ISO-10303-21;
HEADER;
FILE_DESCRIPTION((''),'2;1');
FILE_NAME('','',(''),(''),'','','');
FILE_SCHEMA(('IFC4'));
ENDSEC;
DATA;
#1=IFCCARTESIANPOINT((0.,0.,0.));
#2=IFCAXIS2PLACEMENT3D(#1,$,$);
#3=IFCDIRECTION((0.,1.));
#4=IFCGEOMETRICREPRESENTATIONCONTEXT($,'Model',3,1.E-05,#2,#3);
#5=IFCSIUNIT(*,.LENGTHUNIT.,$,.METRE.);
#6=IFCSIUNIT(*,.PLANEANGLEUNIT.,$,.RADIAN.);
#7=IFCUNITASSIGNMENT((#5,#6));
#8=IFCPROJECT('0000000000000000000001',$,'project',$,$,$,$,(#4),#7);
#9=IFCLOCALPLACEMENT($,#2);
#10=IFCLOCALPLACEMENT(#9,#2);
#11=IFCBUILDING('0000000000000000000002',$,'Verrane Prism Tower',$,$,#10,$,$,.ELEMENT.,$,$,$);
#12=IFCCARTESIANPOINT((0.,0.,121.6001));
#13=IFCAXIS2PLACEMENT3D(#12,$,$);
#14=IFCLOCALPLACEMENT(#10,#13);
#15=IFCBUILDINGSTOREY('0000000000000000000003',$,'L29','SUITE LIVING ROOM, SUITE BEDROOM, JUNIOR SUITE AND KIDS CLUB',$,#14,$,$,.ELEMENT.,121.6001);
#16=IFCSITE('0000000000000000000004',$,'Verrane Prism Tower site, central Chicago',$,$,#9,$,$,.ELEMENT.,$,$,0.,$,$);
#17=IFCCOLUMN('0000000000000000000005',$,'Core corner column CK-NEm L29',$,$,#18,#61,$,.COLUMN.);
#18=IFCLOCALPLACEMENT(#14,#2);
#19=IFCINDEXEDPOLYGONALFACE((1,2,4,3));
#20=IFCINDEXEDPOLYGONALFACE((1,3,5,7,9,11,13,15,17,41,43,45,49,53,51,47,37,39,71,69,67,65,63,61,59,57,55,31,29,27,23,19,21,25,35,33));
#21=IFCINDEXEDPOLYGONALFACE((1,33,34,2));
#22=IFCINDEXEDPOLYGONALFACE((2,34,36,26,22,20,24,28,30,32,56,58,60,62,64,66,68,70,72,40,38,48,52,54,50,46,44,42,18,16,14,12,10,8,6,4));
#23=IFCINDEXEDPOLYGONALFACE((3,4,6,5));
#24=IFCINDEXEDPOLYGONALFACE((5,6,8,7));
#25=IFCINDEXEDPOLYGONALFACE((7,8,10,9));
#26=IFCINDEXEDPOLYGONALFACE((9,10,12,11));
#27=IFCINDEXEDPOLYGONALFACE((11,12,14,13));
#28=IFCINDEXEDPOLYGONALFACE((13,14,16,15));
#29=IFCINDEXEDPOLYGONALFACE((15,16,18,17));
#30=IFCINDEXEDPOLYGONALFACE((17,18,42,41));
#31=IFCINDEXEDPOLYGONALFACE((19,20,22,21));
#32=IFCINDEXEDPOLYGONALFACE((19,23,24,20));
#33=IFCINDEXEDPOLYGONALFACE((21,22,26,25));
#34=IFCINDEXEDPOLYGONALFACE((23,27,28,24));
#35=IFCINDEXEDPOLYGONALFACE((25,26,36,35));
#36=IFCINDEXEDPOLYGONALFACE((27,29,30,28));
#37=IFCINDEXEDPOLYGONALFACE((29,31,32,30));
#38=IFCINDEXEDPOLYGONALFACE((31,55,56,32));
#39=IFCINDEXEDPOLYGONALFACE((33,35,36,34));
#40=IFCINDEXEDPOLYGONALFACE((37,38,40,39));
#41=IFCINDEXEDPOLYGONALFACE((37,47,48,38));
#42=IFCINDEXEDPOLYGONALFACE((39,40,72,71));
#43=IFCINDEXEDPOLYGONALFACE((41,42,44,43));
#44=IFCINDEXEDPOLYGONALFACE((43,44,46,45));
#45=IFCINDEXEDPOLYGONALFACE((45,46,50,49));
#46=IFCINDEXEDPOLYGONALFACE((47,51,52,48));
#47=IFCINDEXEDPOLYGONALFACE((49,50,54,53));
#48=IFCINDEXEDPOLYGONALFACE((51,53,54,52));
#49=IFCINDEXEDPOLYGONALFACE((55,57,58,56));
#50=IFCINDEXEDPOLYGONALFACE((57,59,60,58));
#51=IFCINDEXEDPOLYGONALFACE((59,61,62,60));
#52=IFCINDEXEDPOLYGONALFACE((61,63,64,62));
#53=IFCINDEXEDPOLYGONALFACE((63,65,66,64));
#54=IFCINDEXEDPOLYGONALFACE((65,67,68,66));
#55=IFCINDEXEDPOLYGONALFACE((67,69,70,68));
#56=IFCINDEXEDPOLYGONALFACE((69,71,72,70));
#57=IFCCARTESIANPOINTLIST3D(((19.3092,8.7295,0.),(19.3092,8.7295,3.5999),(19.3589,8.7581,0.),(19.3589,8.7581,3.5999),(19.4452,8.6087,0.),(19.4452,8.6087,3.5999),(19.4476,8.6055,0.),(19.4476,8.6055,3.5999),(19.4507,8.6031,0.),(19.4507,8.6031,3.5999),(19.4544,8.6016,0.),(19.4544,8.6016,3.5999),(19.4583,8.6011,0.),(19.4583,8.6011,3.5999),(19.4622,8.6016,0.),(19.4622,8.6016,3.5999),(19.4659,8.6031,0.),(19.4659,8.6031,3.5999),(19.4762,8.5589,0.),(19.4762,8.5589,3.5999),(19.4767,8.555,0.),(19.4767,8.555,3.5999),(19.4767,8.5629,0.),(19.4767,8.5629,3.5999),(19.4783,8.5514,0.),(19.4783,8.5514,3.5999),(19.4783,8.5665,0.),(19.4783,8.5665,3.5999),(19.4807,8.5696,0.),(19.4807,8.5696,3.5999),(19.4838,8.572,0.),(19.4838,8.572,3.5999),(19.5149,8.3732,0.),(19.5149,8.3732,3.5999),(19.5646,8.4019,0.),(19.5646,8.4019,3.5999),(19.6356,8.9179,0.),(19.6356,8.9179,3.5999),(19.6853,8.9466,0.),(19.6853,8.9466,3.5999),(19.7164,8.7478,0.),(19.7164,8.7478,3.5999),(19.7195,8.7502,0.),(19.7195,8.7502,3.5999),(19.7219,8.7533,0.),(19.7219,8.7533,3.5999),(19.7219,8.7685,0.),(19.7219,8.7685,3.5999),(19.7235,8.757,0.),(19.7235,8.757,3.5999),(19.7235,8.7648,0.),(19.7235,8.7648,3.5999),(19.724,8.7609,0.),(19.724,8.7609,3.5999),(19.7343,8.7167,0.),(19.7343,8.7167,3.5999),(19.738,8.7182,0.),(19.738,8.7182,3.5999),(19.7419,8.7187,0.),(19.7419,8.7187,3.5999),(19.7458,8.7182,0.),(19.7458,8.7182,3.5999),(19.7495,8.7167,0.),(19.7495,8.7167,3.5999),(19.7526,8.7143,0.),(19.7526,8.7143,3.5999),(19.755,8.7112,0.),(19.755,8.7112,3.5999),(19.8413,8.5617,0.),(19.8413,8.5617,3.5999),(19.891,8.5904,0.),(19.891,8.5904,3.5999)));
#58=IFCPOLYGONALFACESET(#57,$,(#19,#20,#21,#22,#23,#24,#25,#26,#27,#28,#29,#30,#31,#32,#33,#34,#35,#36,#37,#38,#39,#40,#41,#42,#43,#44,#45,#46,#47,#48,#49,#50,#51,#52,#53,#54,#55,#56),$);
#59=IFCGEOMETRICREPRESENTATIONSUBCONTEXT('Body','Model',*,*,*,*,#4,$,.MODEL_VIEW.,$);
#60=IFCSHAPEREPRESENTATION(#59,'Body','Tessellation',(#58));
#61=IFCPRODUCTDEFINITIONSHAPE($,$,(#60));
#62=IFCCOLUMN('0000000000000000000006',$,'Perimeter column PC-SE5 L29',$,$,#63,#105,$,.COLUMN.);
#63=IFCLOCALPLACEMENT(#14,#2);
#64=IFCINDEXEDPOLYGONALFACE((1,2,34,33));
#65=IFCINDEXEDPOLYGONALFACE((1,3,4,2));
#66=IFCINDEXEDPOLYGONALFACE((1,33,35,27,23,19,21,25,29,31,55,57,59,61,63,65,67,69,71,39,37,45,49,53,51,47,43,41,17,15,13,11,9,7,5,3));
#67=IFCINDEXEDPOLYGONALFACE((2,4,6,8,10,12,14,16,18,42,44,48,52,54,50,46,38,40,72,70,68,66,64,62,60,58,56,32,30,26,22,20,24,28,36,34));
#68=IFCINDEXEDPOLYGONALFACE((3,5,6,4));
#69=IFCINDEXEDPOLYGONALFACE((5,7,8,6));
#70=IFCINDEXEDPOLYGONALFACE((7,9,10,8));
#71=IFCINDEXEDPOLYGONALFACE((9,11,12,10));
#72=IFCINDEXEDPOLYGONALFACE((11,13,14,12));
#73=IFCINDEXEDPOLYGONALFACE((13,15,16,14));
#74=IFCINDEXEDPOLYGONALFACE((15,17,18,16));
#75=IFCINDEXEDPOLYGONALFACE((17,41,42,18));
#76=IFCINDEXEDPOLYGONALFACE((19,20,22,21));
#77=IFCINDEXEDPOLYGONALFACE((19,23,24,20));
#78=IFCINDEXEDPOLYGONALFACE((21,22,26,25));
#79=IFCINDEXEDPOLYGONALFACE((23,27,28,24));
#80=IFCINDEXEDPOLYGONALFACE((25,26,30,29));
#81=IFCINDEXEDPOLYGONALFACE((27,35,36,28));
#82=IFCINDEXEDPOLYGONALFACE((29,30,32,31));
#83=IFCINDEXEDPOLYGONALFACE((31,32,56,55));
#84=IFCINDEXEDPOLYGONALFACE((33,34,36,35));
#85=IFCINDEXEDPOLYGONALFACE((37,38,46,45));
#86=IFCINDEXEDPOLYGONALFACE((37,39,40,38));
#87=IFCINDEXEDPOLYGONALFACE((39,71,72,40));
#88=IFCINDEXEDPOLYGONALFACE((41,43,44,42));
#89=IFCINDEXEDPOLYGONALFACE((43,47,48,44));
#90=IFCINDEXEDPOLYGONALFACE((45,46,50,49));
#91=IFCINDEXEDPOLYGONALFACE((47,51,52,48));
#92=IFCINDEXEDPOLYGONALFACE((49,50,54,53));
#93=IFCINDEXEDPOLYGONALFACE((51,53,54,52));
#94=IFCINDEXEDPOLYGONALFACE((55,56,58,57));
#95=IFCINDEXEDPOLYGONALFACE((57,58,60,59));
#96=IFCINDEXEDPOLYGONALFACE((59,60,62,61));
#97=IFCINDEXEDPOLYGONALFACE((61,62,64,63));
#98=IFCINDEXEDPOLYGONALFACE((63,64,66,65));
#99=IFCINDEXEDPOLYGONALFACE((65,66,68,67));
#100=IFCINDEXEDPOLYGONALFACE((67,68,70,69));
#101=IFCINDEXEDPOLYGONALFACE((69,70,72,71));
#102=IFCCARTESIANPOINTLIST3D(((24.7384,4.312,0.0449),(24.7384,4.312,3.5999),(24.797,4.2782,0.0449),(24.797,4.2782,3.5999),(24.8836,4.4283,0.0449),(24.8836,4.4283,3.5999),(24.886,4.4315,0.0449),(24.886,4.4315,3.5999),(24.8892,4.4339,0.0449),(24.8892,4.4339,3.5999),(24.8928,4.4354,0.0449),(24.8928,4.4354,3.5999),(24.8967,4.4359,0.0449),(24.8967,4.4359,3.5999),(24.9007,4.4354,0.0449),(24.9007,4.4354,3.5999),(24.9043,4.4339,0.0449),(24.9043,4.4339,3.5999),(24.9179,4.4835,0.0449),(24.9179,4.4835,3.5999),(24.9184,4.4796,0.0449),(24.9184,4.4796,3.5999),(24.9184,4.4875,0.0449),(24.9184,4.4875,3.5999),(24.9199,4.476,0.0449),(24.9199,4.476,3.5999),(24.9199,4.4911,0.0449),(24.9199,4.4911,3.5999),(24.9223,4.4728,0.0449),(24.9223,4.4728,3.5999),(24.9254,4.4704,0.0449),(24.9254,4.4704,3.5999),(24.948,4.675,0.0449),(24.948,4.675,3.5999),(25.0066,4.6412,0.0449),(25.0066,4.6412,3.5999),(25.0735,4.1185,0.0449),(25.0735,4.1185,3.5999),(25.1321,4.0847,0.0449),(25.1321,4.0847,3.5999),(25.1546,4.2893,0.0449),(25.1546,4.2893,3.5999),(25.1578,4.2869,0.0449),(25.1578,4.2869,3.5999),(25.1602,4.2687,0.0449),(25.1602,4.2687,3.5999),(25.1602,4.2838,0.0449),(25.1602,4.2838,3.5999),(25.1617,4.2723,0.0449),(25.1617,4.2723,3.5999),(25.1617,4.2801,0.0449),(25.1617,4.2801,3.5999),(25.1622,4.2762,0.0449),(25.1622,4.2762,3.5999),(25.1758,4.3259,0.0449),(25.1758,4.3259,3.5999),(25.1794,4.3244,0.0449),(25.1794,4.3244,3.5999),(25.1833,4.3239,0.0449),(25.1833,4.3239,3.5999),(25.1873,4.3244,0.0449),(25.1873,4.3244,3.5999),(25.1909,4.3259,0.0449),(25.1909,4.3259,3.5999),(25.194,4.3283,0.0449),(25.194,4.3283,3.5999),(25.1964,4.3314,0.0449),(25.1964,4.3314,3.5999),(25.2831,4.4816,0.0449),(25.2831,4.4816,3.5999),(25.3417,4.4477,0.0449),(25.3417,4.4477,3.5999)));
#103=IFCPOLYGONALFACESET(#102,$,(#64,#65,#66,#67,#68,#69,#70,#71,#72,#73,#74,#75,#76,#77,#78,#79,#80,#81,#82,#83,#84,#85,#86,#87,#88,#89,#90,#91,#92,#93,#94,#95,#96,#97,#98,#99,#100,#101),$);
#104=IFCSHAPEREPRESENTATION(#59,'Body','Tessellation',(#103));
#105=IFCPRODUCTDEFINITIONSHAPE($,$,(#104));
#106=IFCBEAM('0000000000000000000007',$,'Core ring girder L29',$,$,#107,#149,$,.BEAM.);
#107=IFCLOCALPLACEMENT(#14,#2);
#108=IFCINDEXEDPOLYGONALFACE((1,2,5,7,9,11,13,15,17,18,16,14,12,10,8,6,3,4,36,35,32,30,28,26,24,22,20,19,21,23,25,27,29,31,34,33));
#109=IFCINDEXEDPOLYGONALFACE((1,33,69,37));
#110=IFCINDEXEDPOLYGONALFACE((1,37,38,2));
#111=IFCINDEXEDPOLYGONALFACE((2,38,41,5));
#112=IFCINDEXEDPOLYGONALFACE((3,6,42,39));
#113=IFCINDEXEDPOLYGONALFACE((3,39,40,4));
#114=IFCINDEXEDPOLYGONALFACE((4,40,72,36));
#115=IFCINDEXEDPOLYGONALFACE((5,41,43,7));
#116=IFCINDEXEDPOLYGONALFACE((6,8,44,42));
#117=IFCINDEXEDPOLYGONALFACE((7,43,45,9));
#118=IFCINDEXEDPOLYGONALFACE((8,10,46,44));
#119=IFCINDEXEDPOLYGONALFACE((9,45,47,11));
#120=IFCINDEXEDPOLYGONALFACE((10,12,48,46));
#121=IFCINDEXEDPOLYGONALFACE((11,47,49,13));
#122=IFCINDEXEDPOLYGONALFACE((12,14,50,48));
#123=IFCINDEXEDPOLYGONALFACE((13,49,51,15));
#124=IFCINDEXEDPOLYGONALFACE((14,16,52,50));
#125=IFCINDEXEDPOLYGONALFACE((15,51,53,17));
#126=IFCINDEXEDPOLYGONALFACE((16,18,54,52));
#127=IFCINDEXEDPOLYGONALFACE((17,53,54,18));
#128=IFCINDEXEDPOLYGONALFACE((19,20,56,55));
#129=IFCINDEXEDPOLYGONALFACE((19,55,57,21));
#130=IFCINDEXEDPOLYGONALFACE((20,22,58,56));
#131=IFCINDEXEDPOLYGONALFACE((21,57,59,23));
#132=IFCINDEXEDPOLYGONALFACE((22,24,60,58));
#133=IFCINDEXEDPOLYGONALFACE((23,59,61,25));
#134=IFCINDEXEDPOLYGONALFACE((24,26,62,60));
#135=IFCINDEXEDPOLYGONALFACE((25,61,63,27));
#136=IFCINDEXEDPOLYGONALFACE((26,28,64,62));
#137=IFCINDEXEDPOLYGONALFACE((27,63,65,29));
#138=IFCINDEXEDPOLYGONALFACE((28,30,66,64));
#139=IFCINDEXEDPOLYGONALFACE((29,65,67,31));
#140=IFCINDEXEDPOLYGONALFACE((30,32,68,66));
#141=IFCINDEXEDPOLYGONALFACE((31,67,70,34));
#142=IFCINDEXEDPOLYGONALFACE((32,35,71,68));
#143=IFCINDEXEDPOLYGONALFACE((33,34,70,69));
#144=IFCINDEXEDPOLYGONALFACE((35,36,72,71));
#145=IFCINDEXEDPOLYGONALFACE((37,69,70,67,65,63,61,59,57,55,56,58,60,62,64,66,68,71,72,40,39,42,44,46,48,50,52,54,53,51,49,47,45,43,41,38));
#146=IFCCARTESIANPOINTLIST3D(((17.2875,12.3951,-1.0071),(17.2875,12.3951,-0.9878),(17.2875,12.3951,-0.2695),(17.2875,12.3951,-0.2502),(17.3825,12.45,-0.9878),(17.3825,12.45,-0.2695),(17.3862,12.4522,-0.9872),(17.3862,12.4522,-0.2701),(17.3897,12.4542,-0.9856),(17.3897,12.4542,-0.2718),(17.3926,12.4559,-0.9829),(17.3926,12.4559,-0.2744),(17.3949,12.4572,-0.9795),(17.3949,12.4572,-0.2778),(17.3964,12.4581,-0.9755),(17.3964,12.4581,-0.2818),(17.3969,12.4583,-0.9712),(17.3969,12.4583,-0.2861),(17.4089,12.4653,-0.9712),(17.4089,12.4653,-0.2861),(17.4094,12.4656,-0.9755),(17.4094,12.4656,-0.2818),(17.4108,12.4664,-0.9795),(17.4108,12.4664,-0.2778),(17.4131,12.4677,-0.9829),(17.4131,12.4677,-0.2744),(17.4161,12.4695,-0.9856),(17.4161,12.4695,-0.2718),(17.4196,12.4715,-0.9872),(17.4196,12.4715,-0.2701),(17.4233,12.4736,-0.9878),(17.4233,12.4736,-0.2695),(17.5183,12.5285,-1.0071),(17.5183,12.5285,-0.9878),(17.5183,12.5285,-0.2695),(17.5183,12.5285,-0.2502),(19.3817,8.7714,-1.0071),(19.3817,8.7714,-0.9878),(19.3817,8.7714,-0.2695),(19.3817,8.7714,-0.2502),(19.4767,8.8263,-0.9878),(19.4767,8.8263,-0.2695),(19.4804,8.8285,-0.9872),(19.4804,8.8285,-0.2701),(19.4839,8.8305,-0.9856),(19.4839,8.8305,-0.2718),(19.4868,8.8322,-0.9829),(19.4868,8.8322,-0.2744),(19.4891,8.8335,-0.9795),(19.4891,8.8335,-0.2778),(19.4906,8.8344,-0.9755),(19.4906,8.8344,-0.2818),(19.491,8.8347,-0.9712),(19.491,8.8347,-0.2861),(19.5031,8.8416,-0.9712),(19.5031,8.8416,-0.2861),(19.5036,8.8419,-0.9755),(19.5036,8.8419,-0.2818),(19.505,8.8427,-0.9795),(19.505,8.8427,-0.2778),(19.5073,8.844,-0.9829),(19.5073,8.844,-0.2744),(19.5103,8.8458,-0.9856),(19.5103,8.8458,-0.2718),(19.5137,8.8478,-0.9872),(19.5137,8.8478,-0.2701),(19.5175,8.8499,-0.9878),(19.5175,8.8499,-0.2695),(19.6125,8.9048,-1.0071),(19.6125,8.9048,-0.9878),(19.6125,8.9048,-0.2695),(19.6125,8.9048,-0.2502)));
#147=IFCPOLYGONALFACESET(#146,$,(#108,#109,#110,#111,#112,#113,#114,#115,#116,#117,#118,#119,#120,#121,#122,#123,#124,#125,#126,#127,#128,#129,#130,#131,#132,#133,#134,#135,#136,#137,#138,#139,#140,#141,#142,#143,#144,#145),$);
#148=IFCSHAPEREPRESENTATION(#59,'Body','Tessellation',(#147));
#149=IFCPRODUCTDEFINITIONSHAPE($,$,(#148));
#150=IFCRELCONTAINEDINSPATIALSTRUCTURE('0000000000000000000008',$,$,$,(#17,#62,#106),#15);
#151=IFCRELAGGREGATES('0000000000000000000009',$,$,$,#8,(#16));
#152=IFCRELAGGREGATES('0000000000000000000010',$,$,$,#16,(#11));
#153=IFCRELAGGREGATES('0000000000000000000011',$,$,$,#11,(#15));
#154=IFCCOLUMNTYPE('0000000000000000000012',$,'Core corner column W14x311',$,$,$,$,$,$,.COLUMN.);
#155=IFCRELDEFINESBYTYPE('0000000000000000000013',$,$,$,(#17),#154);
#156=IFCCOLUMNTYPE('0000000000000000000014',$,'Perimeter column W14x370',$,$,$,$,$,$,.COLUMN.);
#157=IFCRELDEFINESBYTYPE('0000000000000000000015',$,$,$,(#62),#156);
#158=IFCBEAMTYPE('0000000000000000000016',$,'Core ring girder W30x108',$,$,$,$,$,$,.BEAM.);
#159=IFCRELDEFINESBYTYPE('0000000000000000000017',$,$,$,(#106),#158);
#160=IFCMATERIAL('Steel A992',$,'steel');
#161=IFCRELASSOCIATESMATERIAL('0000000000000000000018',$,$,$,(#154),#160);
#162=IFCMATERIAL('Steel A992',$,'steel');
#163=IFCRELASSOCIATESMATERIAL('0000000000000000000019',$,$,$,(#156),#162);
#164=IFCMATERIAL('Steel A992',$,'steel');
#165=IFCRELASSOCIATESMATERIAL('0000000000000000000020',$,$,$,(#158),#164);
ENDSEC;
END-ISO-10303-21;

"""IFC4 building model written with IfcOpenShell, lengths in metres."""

from ifc_helpers import new_model, si_unit, direction, frame, origin, origin_2d, place, context, subcontext, project, spatial, i_section, extrude, material, material_profile, profile_set, type_object, element, save


model = new_model("IFC4")

# Units and contexts
model_context = context("Model", 3, precision=1e-05, world=origin(), true_north=direction((0.0, 1.0)))
body_context = subcontext(model_context, "Body", "Model", "MODEL_VIEW")
ifc_project = project(units=[si_unit("LENGTHUNIT", "METRE"), si_unit("PLANEANGLEUNIT", "RADIAN")], contexts=[model_context])

# Site, building, storey
site_placement = place(None, origin())
site = spatial("IfcSite", under=ifc_project, at=site_placement, Name="Verrane Prism Tower site, central Chicago", CompositionType="ELEMENT", RefElevation=0.0)
building_placement = place(site_placement, origin())
building = spatial("IfcBuilding", under=site, at=building_placement, Name="Verrane Prism Tower", CompositionType="ELEMENT")
storey_placement = place(building_placement, frame((0.0, 0.0, 121.6001)))
storey = spatial("IfcBuildingStorey", under=building, at=storey_placement, Name="L29", Description="SUITE LIVING ROOM, SUITE BEDROOM, JUNIOR SUITE AND KIDS CLUB", CompositionType="ELEMENT", Elevation=121.6001)

# Columns
ifc_material_1 = material(Name="Steel A992", Category="steel")
ifc_material_profile_1 = material_profile(ifc_material_1, i_section(OverallWidth=0.4114, OverallDepth=0.4343, WebThickness=0.0359, FlangeThickness=0.0574, FilletRadius=0.0151, at=origin_2d()), Name="W14x311")
ifc_profile_set_1 = profile_set([ifc_material_profile_1], Name="Steel A992")
column_type_1 = type_object("IfcColumnType", Name="Core corner column W14x311", PredefinedType="COLUMN", material=ifc_profile_set_1)
column_1_placement = place(storey_placement, frame((19.6001, 8.6599, 0.0), z_axis=(0.0, 0.0, 1.0), x_axis=(0.5, -0.866025, 0.0)))
element("IfcColumn", 1, at=column_1_placement, inside=storey, type_object=column_type_1, Name="Core corner column CK-NEm L29", PredefinedType="COLUMN", context=body_context, shape_type="SweptSolid", body=[
    extrude(i_section(OverallWidth=0.4114, OverallDepth=0.4343, WebThickness=0.0359, FlangeThickness=0.0574, FilletRadius=0.0151, at=origin_2d()), origin(), (0.0, 0.0, 1.0), 3.5999),
])
ifc_material_2 = material(Name="Steel A992", Category="steel")
ifc_material_profile_2 = material_profile(ifc_material_2, i_section(OverallWidth=0.4192, OverallDepth=0.4546, WebThickness=0.0422, FlangeThickness=0.0676, FilletRadius=0.0151, at=origin_2d()), Name="W14x370")
ifc_profile_set_2 = profile_set([ifc_material_profile_2], Name="Steel A992")
column_type_2 = type_object("IfcColumnType", Name="Perimeter column W14x370", PredefinedType="COLUMN", material=ifc_profile_set_2)
column_2_placement = place(storey_placement, frame((25.04, 4.3799, 0.0449), z_axis=(0.0, 0.0, 1.0), x_axis=(-0.5, -0.866025, 0.0)))
element("IfcColumn", 2, at=column_2_placement, inside=storey, type_object=column_type_2, Name="Perimeter column PC-SE5 L29", PredefinedType="COLUMN", context=body_context, shape_type="SweptSolid", body=[
    extrude(i_section(OverallWidth=0.4192, OverallDepth=0.4546, WebThickness=0.0422, FlangeThickness=0.0676, FilletRadius=0.0151, at=origin_2d()), origin(), (0.0, 0.0, 1.0), 3.5549),
])

# Beam
ifc_material_3 = material(Name="Steel A992", Category="steel")
ifc_material_profile_3 = material_profile(ifc_material_3, i_section(OverallWidth=0.2666, OverallDepth=0.7568, WebThickness=0.0139, FlangeThickness=0.0193, FilletRadius=0.0166, at=origin_2d()), Name="W30x108")
ifc_profile_set_3 = profile_set([ifc_material_profile_3], Name="Steel A992")
beam_type_1 = type_object("IfcBeamType", Name="Core ring girder W30x108", PredefinedType="BEAM", material=ifc_profile_set_3)
beam_1_placement = place(storey_placement, frame((19.4971, 8.8381, -0.6287), z_axis=(-0.500367, 0.865813, 0.0), x_axis=(-0.865813, -0.500367, 0.0)))
element("IfcBeam", 3, at=beam_1_placement, inside=storey, type_object=beam_type_1, Name="Core ring girder L29", PredefinedType="BEAM", context=body_context, shape_type="SweptSolid", body=[
    extrude(i_section(OverallWidth=0.2666, OverallDepth=0.7568, WebThickness=0.0139, FlangeThickness=0.0193, FilletRadius=0.0166, at=origin_2d()), origin(), (0.0, 0.0, 1.0), 4.1853),
])

save(model, "model.ifc")
